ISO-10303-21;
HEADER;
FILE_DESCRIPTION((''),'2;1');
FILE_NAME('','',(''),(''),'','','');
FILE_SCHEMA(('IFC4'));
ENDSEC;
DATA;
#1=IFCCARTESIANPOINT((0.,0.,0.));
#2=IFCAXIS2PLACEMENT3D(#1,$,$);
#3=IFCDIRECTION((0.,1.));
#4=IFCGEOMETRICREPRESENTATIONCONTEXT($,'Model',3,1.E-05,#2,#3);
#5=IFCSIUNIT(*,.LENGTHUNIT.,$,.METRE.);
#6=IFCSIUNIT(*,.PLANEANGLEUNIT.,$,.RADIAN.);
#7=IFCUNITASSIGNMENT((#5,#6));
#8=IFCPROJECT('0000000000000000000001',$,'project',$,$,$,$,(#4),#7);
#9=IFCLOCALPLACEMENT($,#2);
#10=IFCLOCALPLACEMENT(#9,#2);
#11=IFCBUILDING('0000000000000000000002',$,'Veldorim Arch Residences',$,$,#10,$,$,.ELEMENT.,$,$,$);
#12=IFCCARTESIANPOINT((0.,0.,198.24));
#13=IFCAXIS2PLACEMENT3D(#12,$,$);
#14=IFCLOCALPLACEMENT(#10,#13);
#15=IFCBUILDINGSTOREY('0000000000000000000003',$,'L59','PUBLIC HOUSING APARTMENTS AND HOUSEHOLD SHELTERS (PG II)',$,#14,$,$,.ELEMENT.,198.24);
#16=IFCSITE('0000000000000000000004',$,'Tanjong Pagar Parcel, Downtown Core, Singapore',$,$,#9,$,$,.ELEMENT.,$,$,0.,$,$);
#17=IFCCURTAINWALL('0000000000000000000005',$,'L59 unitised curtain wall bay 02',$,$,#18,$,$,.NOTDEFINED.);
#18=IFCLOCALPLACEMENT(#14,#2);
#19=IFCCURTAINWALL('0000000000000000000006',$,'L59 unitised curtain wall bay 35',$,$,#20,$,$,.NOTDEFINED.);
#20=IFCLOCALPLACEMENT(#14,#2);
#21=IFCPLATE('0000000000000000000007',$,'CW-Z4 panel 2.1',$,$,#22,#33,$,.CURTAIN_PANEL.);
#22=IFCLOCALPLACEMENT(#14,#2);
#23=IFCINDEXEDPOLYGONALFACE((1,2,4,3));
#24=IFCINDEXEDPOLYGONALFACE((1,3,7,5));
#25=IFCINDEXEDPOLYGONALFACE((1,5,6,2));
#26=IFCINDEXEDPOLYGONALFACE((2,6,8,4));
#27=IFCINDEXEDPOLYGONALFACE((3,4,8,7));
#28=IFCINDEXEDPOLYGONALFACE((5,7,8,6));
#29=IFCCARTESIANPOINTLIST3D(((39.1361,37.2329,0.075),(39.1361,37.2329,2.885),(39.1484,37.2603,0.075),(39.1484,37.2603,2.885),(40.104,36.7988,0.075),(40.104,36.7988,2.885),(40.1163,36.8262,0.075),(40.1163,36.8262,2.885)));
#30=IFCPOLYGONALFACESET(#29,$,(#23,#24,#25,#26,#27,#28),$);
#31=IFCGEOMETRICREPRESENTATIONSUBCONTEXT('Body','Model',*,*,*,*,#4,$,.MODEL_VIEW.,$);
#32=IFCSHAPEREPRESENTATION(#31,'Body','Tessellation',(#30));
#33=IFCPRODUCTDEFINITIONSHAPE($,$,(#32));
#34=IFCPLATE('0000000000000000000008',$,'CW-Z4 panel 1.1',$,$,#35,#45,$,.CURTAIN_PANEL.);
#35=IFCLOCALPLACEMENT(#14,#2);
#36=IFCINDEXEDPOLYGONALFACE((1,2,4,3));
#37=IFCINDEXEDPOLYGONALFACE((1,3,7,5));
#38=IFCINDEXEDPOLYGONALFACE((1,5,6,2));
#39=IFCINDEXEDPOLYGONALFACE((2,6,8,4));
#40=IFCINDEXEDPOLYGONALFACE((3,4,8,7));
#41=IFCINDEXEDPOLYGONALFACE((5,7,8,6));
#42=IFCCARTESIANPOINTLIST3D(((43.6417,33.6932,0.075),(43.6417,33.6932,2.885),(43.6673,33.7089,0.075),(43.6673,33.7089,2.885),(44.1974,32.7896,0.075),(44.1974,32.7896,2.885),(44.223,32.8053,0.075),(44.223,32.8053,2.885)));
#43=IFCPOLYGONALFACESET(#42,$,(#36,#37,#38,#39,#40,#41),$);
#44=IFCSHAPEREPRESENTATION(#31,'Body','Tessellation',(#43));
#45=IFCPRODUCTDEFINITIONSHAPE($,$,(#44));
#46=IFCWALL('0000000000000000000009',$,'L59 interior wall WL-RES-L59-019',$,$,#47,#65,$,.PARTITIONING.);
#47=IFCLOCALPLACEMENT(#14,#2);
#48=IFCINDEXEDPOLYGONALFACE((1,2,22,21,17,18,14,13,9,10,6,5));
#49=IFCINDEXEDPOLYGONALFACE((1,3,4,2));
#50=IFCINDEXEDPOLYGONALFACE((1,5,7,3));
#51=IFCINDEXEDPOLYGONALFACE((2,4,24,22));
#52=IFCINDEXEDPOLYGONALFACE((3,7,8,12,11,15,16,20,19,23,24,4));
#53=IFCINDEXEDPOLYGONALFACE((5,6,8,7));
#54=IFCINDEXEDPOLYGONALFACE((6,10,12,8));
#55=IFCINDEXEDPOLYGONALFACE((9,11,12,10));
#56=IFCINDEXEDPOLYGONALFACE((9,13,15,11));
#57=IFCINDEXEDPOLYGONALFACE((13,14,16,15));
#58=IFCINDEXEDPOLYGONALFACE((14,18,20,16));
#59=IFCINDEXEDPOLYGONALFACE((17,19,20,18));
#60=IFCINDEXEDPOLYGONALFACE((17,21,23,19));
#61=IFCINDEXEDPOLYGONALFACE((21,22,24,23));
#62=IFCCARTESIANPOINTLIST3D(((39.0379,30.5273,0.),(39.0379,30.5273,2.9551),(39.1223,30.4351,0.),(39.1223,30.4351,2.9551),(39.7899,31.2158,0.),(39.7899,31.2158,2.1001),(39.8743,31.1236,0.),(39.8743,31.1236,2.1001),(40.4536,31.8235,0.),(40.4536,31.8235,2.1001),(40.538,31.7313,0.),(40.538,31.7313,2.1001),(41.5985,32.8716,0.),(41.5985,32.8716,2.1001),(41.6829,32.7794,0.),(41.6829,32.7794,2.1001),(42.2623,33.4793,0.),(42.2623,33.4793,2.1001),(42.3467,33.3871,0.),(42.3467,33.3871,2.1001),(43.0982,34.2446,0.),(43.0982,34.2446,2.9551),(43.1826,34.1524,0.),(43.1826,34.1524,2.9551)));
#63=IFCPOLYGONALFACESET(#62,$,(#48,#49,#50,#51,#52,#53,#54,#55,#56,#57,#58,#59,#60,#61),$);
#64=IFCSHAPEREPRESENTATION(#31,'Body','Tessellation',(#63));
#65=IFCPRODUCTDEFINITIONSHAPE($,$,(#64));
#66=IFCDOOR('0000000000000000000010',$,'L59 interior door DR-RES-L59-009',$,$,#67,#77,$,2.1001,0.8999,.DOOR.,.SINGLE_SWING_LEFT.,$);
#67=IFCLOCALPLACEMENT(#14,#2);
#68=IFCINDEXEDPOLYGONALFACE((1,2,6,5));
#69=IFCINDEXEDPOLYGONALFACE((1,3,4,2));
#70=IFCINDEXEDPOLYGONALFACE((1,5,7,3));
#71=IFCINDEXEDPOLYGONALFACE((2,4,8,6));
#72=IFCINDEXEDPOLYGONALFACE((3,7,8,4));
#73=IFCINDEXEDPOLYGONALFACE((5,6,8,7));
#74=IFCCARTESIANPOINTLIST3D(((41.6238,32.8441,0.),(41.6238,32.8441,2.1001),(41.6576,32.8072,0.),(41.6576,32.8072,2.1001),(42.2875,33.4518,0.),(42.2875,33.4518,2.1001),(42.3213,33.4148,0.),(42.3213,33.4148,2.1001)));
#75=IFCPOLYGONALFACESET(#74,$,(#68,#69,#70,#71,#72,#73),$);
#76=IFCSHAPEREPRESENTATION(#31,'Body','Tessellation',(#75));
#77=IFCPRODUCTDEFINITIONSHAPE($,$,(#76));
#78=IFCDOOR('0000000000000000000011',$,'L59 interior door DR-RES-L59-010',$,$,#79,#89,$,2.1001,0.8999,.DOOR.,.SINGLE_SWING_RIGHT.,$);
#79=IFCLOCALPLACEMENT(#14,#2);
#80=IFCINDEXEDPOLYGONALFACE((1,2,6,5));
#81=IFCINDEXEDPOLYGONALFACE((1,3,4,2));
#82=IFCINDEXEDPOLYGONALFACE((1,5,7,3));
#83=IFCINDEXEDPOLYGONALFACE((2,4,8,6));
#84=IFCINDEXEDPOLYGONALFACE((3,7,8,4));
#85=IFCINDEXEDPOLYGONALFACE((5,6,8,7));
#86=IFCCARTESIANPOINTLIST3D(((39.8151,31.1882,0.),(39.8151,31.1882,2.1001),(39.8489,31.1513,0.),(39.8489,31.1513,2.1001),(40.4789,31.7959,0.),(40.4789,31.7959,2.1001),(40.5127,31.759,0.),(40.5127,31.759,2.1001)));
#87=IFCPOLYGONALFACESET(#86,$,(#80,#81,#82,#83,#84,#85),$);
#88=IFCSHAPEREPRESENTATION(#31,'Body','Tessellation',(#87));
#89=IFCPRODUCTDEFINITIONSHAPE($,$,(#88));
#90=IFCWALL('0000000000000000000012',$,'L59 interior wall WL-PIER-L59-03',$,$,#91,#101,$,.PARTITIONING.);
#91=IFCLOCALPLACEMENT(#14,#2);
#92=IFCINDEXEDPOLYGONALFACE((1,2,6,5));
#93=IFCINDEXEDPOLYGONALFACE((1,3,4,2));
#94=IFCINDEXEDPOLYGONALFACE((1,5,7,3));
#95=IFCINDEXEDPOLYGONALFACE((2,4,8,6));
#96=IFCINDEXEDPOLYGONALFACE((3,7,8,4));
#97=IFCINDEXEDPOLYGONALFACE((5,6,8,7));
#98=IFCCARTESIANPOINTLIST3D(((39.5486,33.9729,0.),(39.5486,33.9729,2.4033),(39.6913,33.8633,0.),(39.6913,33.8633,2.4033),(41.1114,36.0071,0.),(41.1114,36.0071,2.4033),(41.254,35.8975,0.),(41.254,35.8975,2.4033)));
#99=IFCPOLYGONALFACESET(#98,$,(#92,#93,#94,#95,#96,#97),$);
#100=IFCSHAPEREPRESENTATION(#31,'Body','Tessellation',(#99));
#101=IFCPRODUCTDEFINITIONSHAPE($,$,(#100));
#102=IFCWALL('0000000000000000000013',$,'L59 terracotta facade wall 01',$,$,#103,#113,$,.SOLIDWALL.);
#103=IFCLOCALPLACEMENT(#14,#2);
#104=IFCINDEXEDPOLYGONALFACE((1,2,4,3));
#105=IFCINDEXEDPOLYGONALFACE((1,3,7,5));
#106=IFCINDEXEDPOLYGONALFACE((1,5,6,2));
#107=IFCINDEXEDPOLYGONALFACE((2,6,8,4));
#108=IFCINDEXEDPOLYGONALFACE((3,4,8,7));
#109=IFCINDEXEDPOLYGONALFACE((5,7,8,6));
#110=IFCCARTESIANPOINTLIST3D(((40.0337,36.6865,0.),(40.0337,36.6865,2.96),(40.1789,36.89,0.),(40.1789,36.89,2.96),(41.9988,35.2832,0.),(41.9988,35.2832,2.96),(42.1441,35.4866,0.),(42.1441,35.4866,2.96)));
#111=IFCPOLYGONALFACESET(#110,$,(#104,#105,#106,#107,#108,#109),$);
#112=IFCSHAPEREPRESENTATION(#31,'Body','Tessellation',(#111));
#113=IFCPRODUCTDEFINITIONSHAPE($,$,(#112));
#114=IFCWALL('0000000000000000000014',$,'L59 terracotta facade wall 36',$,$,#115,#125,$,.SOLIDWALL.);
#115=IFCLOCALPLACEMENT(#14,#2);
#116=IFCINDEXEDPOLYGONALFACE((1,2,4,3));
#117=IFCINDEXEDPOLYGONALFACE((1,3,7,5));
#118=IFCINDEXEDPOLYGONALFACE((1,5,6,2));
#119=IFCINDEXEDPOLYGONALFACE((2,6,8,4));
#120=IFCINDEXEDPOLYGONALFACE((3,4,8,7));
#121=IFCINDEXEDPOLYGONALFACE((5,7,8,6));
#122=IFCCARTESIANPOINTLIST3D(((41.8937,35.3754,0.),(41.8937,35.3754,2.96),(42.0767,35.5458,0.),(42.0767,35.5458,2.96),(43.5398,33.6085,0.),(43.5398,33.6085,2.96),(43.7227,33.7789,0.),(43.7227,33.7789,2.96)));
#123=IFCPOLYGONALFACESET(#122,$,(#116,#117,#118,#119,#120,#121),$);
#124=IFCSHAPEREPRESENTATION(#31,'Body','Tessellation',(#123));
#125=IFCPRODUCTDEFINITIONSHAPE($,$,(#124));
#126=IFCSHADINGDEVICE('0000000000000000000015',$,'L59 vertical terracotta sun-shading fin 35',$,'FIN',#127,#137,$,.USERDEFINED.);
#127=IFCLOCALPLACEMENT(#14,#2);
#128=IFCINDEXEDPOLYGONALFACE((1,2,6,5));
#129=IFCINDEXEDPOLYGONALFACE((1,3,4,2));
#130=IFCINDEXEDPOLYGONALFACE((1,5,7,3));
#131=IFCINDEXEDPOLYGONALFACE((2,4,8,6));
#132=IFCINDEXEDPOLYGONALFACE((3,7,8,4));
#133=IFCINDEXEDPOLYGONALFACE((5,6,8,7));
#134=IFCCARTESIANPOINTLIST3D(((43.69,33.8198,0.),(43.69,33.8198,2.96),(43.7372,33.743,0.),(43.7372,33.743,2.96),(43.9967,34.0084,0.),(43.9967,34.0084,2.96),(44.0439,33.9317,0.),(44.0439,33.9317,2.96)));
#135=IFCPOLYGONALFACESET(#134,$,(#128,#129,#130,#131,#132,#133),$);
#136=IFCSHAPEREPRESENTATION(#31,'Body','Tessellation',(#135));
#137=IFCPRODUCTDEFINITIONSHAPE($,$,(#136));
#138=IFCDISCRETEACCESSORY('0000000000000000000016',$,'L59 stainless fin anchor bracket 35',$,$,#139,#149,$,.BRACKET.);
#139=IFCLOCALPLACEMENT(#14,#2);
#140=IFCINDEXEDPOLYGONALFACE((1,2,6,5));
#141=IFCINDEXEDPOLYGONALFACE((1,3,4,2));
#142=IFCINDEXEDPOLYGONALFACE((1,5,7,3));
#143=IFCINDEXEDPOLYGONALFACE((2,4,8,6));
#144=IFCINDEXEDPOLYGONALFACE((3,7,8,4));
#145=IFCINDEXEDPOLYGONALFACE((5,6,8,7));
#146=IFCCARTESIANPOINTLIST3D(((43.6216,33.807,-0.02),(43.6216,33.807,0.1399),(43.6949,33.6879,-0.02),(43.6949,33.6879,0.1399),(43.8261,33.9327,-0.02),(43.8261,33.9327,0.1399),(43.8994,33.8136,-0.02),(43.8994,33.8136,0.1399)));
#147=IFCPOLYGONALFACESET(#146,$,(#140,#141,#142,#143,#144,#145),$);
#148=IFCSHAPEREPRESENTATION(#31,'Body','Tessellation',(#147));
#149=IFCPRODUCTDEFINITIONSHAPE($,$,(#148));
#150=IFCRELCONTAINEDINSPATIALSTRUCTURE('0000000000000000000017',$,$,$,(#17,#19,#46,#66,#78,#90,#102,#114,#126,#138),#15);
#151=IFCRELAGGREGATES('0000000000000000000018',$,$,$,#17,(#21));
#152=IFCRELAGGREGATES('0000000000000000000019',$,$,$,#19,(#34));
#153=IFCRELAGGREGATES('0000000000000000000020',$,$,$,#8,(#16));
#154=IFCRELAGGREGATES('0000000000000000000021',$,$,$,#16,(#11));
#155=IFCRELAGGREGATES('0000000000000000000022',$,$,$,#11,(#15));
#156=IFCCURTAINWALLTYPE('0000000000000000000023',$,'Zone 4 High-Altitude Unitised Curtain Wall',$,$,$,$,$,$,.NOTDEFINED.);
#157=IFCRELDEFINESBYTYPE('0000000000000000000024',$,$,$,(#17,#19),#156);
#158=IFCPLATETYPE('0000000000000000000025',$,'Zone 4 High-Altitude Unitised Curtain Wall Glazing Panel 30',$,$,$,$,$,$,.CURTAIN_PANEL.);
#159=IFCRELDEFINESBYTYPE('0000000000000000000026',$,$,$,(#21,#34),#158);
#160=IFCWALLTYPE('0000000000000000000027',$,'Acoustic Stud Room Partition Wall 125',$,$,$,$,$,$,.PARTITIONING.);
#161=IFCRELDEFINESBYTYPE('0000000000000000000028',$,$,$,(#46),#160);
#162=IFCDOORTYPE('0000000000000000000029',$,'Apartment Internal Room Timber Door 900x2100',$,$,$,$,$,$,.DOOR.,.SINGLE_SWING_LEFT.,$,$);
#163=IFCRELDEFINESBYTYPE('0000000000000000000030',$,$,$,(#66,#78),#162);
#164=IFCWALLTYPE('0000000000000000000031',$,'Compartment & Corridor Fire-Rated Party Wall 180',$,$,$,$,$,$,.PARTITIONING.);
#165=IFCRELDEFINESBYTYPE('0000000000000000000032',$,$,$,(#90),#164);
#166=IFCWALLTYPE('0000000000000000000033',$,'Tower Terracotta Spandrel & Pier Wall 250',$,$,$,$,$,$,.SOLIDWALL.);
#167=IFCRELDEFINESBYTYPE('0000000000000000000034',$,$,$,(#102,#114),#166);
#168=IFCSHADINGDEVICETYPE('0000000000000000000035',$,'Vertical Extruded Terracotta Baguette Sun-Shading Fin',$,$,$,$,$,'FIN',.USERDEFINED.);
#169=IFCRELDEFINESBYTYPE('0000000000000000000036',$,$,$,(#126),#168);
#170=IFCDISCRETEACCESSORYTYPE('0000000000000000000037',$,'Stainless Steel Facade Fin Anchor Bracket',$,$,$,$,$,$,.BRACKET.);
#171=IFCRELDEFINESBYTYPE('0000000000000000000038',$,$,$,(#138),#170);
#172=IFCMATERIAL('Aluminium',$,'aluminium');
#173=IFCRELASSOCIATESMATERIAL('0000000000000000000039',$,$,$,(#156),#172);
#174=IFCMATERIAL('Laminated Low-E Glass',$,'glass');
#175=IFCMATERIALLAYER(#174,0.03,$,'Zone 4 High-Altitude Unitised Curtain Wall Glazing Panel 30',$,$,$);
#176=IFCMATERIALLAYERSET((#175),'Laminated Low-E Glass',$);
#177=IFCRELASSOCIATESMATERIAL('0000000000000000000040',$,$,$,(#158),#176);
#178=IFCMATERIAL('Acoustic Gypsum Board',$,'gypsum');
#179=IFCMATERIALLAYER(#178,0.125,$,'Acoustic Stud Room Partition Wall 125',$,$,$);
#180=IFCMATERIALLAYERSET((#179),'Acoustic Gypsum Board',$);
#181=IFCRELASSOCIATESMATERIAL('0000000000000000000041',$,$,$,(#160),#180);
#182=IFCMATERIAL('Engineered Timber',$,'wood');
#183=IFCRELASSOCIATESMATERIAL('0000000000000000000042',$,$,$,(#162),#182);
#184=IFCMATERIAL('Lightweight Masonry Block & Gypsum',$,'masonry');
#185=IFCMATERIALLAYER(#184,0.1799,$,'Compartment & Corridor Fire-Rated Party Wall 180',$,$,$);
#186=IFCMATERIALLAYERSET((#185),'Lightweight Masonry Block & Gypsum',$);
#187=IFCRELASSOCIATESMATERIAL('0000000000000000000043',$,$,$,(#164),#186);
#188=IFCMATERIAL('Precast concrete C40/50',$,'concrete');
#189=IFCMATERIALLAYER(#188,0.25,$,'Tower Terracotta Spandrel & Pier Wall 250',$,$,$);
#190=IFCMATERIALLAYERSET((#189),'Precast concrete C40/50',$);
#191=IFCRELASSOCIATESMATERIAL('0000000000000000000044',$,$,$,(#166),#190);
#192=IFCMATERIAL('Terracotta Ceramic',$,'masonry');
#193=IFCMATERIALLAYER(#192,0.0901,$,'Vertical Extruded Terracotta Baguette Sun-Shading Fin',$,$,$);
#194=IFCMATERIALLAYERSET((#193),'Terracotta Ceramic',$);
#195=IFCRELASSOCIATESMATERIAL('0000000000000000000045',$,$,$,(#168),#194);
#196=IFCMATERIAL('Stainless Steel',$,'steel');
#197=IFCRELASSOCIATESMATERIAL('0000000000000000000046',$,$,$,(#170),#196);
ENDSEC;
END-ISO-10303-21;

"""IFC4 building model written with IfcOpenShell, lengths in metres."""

from ifc_helpers import new_model, si_unit, direction, frame, frame_2d, origin, origin_2d, place, context, subcontext, project, spatial, rectangle, extrude, material, layer, layer_set, type_object, element, fill, aggregate, save


model = new_model("IFC4")

# Units and contexts
model_context = context("Model", 3, precision=1e-05, world=origin(), true_north=direction((0.0, 1.0)))
body_context = subcontext(model_context, "Body", "Model", "MODEL_VIEW")
ifc_project = project(units=[si_unit("LENGTHUNIT", "METRE"), si_unit("PLANEANGLEUNIT", "RADIAN")], contexts=[model_context])

# Site, building, storey
site_placement = place(None, origin())
site = spatial("IfcSite", under=ifc_project, at=site_placement, Name="Tanjong Pagar Parcel, Downtown Core, Singapore", CompositionType="ELEMENT", RefElevation=0.0)
building_placement = place(site_placement, origin())
building = spatial("IfcBuilding", under=site, at=building_placement, Name="Veldorim Arch Residences", CompositionType="ELEMENT")
storey_placement = place(building_placement, frame((0.0, 0.0, 198.24)))
storey = spatial("IfcBuildingStorey", under=building, at=storey_placement, Name="L59", Description="PUBLIC HOUSING APARTMENTS AND HOUSEHOLD SHELTERS (PG II)", CompositionType="ELEMENT", Elevation=198.24)

# Curtain wall
ifc_material_1 = material(Name="Aluminium", Category="aluminium")
curtain_wall_type = type_object("IfcCurtainWallType", Name="Zone 4 High-Altitude Unitised Curtain Wall", PredefinedType="NOTDEFINED", material=ifc_material_1)
curtain_wall_1_placement = place(storey_placement, origin())
curtain_wall_1 = element("IfcCurtainWall", 1, at=curtain_wall_1_placement, inside=storey, type_object=curtain_wall_type, Name="L59 unitised curtain wall bay 02", PredefinedType="NOTDEFINED")

# Curtain wall
curtain_wall_2_placement = place(storey_placement, origin())
curtain_wall_2 = element("IfcCurtainWall", 2, at=curtain_wall_2_placement, inside=storey, type_object=curtain_wall_type, Name="L59 unitised curtain wall bay 35", PredefinedType="NOTDEFINED")

# Plates
ifc_material_2 = material(Name="Laminated Low-E Glass", Category="glass")
ifc_layer_1 = layer(ifc_material_2, 0.03, Name="Zone 4 High-Altitude Unitised Curtain Wall Glazing Panel 30")
ifc_layer_set_1 = layer_set([ifc_layer_1], Name="Laminated Low-E Glass")
plate_type = type_object("IfcPlateType", Name="Zone 4 High-Altitude Unitised Curtain Wall Glazing Panel 30", PredefinedType="CURTAIN_PANEL", material=ifc_layer_set_1)
plate_1_placement = place(storey_placement, frame((39.6262, 37.0295, 0.075), z_axis=(0.0, 0.0, 1.0), x_axis=(0.912468, -0.409149, 0.0)))
plate_1 = element("IfcPlate", 3, at=plate_1_placement, type_object=plate_type, Name="CW-Z4 panel 2.1", PredefinedType="CURTAIN_PANEL", context=body_context, shape_type="SweptSolid", body=[
    extrude(rectangle(XDim=1.0608, YDim=0.03, at=origin_2d()), origin(), (0.0, 0.0, 1.0), 2.8101),
])
aggregate(curtain_wall_1, [plate_1])
plate_2_placement = place(storey_placement, frame((43.9324, 33.2493, 0.075), z_axis=(0.0, 0.0, 1.0), x_axis=(0.523864, -0.851802, 0.0)))
plate_2 = element("IfcPlate", 4, at=plate_2_placement, type_object=plate_type, Name="CW-Z4 panel 1.1", PredefinedType="CURTAIN_PANEL", context=body_context, shape_type="SweptSolid", body=[
    extrude(rectangle(XDim=1.0608, YDim=0.03, at=origin_2d()), origin(), (0.0, 0.0, 1.0), 2.8101),
])
aggregate(curtain_wall_2, [plate_2])

# Wall, openings, doors
ifc_material_3 = material(Name="Acoustic Gypsum Board", Category="gypsum")
ifc_layer_2 = layer(ifc_material_3, 0.125, Name="Acoustic Stud Room Partition Wall 125")
ifc_layer_set_2 = layer_set([ifc_layer_2], Name="Acoustic Gypsum Board")
wall_type_1 = type_object("IfcWallType", Name="Acoustic Stud Room Partition Wall 125", PredefinedType="PARTITIONING", material=ifc_layer_set_2)
wall_1_placement = place(storey_placement, frame((43.1404, 34.1985, 0.0), z_axis=(0.0, 0.0, 1.0), x_axis=(-0.737576, -0.675265, 0.0)))
wall_1 = element("IfcWall", 5, at=wall_1_placement, inside=storey, type_object=wall_type_1, Name="L59 interior wall WL-RES-L59-019", PredefinedType="PARTITIONING", context=body_context, shape_type="SweptSolid", body=[
    extrude(rectangle(XDim=5.5049, YDim=0.125, at=frame_2d((2.7524, 0.0))), origin(), (0.0, 0.0, 1.0), 2.9551),
])
opening_1_placement = place(wall_1_placement, frame((1.1333, 0.0, 0.0)))
opening_1 = element("IfcOpeningElement", 6, at=opening_1_placement, cuts=wall_1, PredefinedType="OPENING", context=body_context, shape_type="SweptSolid", body=[
    extrude(rectangle(XDim=0.8999, YDim=2.1001, at=frame_2d((0.45, 1.05))), frame((0.0, 0.0725, 0.0), z_axis=(0.0, -1.0, 0.0), x_axis=(1.0, 0.0, 0.0)), (0.0, 0.0, 1.0), 0.145),
])
opening_2_placement = place(wall_1_placement, frame((3.5854, 0.0, 0.0)))
opening_2 = element("IfcOpeningElement", 7, at=opening_2_placement, cuts=wall_1, PredefinedType="OPENING", context=body_context, shape_type="SweptSolid", body=[
    extrude(rectangle(XDim=0.8999, YDim=2.1001, at=frame_2d((0.45, 1.05))), frame((0.0, 0.0725, 0.0), z_axis=(0.0, -1.0, 0.0), x_axis=(1.0, 0.0, 0.0)), (0.0, 0.0, 1.0), 0.145),
])
ifc_material_4 = material(Name="Engineered Timber", Category="wood")
door_type = type_object("IfcDoorType", Name="Apartment Internal Room Timber Door 900x2100", OperationType="SINGLE_SWING_LEFT", PredefinedType="DOOR", material=ifc_material_4)
door_1_placement = place(opening_1_placement, origin())
door_1 = element("IfcDoor", 8, at=door_1_placement, inside=storey, type_object=door_type, Name="L59 interior door DR-RES-L59-009", OperationType="SINGLE_SWING_LEFT", OverallHeight=2.1001, OverallWidth=0.8999, PredefinedType="DOOR", context=body_context, shape_type="SweptSolid", body=[
    extrude(rectangle(XDim=0.8999, YDim=2.1001, at=frame_2d((0.45, 1.05))), frame((0.0, 0.0249, 0.0), z_axis=(0.0, -1.0, 0.0), x_axis=(1.0, 0.0, 0.0)), (0.0, 0.0, 1.0), 0.05),
])
fill(opening_1, door_1)
door_2_placement = place(opening_2_placement, origin())
door_2 = element("IfcDoor", 9, at=door_2_placement, inside=storey, type_object=door_type, Name="L59 interior door DR-RES-L59-010", OperationType="SINGLE_SWING_RIGHT", OverallHeight=2.1001, OverallWidth=0.8999, PredefinedType="DOOR", context=body_context, shape_type="SweptSolid", body=[
    extrude(rectangle(XDim=0.8999, YDim=2.1001, at=frame_2d((0.45, 1.05))), frame((0.0, 0.0249, 0.0), z_axis=(0.0, -1.0, 0.0), x_axis=(1.0, 0.0, 0.0)), (0.0, 0.0, 1.0), 0.05),
])
fill(opening_2, door_2)

# Walls
ifc_material_5 = material(Name="Lightweight Masonry Block & Gypsum", Category="masonry")
ifc_layer_3 = layer(ifc_material_5, 0.1799, Name="Compartment & Corridor Fire-Rated Party Wall 180")
ifc_layer_set_3 = layer_set([ifc_layer_3], Name="Lightweight Masonry Block & Gypsum")
wall_type_2 = type_object("IfcWallType", Name="Compartment & Corridor Fire-Rated Party Wall 180", PredefinedType="PARTITIONING", material=ifc_layer_set_3)
wall_2_placement = place(storey_placement, frame((39.6199, 33.918, 0.0), z_axis=(0.0, 0.0, 1.0), x_axis=(0.609218, 0.793002, 0.0)))
element("IfcWall", 10, at=wall_2_placement, inside=storey, type_object=wall_type_2, Name="L59 interior wall WL-PIER-L59-03", PredefinedType="PARTITIONING", context=body_context, shape_type="SweptSolid", body=[
    extrude(rectangle(XDim=2.5652, YDim=0.1799, at=frame_2d((1.2827, 0.0))), origin(), (0.0, 0.0, 1.0), 2.4033),
])
ifc_material_6 = material(Name="Precast concrete C40/50", Category="concrete")
ifc_layer_4 = layer(ifc_material_6, 0.25, Name="Tower Terracotta Spandrel & Pier Wall 250")
ifc_layer_set_4 = layer_set([ifc_layer_4], Name="Precast concrete C40/50")
wall_type_3 = type_object("IfcWallType", Name="Tower Terracotta Spandrel & Pier Wall 250", PredefinedType="SOLIDWALL", material=ifc_layer_set_4)
for number, where, z_axis, x_axis, name in (
    (11, (40.1062, 36.7883, 0.0), (0.0, 0.0, 1.0), (0.813795, -0.581152, 0.0), "L59 terracotta facade wall 01"),
    (12, (41.9851, 35.4607, 0.0), (0.0, 0.0, 1.0), (0.681641, -0.731687, 0.0), "L59 terracotta facade wall 36"),
):
    element("IfcWall", number, at=place(storey_placement, frame(where, z_axis=z_axis, x_axis=x_axis)), inside=storey, type_object=wall_type_3, Name=name, PredefinedType="SOLIDWALL", context=body_context, shape_type="SweptSolid", body=[
        extrude(rectangle(XDim=2.4148, YDim=0.25, at=frame_2d((1.2075, 0.0))), origin(), (0.0, 0.0, 1.0), 2.96),
    ])

# Shading device
ifc_material_7 = material(Name="Terracotta Ceramic", Category="masonry")
ifc_layer_5 = layer(ifc_material_7, 0.0901, Name="Vertical Extruded Terracotta Baguette Sun-Shading Fin")
ifc_layer_set_5 = layer_set([ifc_layer_5], Name="Terracotta Ceramic")
shading_device_type = type_object("IfcShadingDeviceType", Name="Vertical Extruded Terracotta Baguette Sun-Shading Fin", ElementType="FIN", PredefinedType="USERDEFINED", material=ifc_layer_set_5)
shading_device_placement = place(storey_placement, frame((43.8669, 33.8757, 0.0), z_axis=(0.0, 0.0, 1.0), x_axis=(0.523837, -0.851818, 0.0)))
element("IfcShadingDevice", 13, at=shading_device_placement, inside=storey, type_object=shading_device_type, Name="L59 vertical terracotta sun-shading fin 35", ObjectType="FIN", PredefinedType="USERDEFINED", context=body_context, shape_type="SweptSolid", body=[
    extrude(rectangle(XDim=0.0901, YDim=0.3601, at=origin_2d()), origin(), (0.0, 0.0, 1.0), 2.96),
])

# Discrete accessory
ifc_material_8 = material(Name="Stainless Steel", Category="steel")
discrete_accessory_type = type_object("IfcDiscreteAccessoryType", Name="Stainless Steel Facade Fin Anchor Bracket", PredefinedType="BRACKET", material=ifc_material_8)
discrete_accessory_placement = place(storey_placement, frame((43.7605, 33.8103, -0.02), z_axis=(0.0, 0.0, 1.0), x_axis=(0.523837, -0.851818, 0.0)))
element("IfcDiscreteAccessory", 14, at=discrete_accessory_placement, inside=storey, type_object=discrete_accessory_type, Name="L59 stainless fin anchor bracket 35", PredefinedType="BRACKET", context=body_context, shape_type="SweptSolid", body=[
    extrude(rectangle(XDim=0.1399, YDim=0.24, at=origin_2d()), origin(), (0.0, 0.0, 1.0), 0.1599),
])

save(model, "model.ifc")
